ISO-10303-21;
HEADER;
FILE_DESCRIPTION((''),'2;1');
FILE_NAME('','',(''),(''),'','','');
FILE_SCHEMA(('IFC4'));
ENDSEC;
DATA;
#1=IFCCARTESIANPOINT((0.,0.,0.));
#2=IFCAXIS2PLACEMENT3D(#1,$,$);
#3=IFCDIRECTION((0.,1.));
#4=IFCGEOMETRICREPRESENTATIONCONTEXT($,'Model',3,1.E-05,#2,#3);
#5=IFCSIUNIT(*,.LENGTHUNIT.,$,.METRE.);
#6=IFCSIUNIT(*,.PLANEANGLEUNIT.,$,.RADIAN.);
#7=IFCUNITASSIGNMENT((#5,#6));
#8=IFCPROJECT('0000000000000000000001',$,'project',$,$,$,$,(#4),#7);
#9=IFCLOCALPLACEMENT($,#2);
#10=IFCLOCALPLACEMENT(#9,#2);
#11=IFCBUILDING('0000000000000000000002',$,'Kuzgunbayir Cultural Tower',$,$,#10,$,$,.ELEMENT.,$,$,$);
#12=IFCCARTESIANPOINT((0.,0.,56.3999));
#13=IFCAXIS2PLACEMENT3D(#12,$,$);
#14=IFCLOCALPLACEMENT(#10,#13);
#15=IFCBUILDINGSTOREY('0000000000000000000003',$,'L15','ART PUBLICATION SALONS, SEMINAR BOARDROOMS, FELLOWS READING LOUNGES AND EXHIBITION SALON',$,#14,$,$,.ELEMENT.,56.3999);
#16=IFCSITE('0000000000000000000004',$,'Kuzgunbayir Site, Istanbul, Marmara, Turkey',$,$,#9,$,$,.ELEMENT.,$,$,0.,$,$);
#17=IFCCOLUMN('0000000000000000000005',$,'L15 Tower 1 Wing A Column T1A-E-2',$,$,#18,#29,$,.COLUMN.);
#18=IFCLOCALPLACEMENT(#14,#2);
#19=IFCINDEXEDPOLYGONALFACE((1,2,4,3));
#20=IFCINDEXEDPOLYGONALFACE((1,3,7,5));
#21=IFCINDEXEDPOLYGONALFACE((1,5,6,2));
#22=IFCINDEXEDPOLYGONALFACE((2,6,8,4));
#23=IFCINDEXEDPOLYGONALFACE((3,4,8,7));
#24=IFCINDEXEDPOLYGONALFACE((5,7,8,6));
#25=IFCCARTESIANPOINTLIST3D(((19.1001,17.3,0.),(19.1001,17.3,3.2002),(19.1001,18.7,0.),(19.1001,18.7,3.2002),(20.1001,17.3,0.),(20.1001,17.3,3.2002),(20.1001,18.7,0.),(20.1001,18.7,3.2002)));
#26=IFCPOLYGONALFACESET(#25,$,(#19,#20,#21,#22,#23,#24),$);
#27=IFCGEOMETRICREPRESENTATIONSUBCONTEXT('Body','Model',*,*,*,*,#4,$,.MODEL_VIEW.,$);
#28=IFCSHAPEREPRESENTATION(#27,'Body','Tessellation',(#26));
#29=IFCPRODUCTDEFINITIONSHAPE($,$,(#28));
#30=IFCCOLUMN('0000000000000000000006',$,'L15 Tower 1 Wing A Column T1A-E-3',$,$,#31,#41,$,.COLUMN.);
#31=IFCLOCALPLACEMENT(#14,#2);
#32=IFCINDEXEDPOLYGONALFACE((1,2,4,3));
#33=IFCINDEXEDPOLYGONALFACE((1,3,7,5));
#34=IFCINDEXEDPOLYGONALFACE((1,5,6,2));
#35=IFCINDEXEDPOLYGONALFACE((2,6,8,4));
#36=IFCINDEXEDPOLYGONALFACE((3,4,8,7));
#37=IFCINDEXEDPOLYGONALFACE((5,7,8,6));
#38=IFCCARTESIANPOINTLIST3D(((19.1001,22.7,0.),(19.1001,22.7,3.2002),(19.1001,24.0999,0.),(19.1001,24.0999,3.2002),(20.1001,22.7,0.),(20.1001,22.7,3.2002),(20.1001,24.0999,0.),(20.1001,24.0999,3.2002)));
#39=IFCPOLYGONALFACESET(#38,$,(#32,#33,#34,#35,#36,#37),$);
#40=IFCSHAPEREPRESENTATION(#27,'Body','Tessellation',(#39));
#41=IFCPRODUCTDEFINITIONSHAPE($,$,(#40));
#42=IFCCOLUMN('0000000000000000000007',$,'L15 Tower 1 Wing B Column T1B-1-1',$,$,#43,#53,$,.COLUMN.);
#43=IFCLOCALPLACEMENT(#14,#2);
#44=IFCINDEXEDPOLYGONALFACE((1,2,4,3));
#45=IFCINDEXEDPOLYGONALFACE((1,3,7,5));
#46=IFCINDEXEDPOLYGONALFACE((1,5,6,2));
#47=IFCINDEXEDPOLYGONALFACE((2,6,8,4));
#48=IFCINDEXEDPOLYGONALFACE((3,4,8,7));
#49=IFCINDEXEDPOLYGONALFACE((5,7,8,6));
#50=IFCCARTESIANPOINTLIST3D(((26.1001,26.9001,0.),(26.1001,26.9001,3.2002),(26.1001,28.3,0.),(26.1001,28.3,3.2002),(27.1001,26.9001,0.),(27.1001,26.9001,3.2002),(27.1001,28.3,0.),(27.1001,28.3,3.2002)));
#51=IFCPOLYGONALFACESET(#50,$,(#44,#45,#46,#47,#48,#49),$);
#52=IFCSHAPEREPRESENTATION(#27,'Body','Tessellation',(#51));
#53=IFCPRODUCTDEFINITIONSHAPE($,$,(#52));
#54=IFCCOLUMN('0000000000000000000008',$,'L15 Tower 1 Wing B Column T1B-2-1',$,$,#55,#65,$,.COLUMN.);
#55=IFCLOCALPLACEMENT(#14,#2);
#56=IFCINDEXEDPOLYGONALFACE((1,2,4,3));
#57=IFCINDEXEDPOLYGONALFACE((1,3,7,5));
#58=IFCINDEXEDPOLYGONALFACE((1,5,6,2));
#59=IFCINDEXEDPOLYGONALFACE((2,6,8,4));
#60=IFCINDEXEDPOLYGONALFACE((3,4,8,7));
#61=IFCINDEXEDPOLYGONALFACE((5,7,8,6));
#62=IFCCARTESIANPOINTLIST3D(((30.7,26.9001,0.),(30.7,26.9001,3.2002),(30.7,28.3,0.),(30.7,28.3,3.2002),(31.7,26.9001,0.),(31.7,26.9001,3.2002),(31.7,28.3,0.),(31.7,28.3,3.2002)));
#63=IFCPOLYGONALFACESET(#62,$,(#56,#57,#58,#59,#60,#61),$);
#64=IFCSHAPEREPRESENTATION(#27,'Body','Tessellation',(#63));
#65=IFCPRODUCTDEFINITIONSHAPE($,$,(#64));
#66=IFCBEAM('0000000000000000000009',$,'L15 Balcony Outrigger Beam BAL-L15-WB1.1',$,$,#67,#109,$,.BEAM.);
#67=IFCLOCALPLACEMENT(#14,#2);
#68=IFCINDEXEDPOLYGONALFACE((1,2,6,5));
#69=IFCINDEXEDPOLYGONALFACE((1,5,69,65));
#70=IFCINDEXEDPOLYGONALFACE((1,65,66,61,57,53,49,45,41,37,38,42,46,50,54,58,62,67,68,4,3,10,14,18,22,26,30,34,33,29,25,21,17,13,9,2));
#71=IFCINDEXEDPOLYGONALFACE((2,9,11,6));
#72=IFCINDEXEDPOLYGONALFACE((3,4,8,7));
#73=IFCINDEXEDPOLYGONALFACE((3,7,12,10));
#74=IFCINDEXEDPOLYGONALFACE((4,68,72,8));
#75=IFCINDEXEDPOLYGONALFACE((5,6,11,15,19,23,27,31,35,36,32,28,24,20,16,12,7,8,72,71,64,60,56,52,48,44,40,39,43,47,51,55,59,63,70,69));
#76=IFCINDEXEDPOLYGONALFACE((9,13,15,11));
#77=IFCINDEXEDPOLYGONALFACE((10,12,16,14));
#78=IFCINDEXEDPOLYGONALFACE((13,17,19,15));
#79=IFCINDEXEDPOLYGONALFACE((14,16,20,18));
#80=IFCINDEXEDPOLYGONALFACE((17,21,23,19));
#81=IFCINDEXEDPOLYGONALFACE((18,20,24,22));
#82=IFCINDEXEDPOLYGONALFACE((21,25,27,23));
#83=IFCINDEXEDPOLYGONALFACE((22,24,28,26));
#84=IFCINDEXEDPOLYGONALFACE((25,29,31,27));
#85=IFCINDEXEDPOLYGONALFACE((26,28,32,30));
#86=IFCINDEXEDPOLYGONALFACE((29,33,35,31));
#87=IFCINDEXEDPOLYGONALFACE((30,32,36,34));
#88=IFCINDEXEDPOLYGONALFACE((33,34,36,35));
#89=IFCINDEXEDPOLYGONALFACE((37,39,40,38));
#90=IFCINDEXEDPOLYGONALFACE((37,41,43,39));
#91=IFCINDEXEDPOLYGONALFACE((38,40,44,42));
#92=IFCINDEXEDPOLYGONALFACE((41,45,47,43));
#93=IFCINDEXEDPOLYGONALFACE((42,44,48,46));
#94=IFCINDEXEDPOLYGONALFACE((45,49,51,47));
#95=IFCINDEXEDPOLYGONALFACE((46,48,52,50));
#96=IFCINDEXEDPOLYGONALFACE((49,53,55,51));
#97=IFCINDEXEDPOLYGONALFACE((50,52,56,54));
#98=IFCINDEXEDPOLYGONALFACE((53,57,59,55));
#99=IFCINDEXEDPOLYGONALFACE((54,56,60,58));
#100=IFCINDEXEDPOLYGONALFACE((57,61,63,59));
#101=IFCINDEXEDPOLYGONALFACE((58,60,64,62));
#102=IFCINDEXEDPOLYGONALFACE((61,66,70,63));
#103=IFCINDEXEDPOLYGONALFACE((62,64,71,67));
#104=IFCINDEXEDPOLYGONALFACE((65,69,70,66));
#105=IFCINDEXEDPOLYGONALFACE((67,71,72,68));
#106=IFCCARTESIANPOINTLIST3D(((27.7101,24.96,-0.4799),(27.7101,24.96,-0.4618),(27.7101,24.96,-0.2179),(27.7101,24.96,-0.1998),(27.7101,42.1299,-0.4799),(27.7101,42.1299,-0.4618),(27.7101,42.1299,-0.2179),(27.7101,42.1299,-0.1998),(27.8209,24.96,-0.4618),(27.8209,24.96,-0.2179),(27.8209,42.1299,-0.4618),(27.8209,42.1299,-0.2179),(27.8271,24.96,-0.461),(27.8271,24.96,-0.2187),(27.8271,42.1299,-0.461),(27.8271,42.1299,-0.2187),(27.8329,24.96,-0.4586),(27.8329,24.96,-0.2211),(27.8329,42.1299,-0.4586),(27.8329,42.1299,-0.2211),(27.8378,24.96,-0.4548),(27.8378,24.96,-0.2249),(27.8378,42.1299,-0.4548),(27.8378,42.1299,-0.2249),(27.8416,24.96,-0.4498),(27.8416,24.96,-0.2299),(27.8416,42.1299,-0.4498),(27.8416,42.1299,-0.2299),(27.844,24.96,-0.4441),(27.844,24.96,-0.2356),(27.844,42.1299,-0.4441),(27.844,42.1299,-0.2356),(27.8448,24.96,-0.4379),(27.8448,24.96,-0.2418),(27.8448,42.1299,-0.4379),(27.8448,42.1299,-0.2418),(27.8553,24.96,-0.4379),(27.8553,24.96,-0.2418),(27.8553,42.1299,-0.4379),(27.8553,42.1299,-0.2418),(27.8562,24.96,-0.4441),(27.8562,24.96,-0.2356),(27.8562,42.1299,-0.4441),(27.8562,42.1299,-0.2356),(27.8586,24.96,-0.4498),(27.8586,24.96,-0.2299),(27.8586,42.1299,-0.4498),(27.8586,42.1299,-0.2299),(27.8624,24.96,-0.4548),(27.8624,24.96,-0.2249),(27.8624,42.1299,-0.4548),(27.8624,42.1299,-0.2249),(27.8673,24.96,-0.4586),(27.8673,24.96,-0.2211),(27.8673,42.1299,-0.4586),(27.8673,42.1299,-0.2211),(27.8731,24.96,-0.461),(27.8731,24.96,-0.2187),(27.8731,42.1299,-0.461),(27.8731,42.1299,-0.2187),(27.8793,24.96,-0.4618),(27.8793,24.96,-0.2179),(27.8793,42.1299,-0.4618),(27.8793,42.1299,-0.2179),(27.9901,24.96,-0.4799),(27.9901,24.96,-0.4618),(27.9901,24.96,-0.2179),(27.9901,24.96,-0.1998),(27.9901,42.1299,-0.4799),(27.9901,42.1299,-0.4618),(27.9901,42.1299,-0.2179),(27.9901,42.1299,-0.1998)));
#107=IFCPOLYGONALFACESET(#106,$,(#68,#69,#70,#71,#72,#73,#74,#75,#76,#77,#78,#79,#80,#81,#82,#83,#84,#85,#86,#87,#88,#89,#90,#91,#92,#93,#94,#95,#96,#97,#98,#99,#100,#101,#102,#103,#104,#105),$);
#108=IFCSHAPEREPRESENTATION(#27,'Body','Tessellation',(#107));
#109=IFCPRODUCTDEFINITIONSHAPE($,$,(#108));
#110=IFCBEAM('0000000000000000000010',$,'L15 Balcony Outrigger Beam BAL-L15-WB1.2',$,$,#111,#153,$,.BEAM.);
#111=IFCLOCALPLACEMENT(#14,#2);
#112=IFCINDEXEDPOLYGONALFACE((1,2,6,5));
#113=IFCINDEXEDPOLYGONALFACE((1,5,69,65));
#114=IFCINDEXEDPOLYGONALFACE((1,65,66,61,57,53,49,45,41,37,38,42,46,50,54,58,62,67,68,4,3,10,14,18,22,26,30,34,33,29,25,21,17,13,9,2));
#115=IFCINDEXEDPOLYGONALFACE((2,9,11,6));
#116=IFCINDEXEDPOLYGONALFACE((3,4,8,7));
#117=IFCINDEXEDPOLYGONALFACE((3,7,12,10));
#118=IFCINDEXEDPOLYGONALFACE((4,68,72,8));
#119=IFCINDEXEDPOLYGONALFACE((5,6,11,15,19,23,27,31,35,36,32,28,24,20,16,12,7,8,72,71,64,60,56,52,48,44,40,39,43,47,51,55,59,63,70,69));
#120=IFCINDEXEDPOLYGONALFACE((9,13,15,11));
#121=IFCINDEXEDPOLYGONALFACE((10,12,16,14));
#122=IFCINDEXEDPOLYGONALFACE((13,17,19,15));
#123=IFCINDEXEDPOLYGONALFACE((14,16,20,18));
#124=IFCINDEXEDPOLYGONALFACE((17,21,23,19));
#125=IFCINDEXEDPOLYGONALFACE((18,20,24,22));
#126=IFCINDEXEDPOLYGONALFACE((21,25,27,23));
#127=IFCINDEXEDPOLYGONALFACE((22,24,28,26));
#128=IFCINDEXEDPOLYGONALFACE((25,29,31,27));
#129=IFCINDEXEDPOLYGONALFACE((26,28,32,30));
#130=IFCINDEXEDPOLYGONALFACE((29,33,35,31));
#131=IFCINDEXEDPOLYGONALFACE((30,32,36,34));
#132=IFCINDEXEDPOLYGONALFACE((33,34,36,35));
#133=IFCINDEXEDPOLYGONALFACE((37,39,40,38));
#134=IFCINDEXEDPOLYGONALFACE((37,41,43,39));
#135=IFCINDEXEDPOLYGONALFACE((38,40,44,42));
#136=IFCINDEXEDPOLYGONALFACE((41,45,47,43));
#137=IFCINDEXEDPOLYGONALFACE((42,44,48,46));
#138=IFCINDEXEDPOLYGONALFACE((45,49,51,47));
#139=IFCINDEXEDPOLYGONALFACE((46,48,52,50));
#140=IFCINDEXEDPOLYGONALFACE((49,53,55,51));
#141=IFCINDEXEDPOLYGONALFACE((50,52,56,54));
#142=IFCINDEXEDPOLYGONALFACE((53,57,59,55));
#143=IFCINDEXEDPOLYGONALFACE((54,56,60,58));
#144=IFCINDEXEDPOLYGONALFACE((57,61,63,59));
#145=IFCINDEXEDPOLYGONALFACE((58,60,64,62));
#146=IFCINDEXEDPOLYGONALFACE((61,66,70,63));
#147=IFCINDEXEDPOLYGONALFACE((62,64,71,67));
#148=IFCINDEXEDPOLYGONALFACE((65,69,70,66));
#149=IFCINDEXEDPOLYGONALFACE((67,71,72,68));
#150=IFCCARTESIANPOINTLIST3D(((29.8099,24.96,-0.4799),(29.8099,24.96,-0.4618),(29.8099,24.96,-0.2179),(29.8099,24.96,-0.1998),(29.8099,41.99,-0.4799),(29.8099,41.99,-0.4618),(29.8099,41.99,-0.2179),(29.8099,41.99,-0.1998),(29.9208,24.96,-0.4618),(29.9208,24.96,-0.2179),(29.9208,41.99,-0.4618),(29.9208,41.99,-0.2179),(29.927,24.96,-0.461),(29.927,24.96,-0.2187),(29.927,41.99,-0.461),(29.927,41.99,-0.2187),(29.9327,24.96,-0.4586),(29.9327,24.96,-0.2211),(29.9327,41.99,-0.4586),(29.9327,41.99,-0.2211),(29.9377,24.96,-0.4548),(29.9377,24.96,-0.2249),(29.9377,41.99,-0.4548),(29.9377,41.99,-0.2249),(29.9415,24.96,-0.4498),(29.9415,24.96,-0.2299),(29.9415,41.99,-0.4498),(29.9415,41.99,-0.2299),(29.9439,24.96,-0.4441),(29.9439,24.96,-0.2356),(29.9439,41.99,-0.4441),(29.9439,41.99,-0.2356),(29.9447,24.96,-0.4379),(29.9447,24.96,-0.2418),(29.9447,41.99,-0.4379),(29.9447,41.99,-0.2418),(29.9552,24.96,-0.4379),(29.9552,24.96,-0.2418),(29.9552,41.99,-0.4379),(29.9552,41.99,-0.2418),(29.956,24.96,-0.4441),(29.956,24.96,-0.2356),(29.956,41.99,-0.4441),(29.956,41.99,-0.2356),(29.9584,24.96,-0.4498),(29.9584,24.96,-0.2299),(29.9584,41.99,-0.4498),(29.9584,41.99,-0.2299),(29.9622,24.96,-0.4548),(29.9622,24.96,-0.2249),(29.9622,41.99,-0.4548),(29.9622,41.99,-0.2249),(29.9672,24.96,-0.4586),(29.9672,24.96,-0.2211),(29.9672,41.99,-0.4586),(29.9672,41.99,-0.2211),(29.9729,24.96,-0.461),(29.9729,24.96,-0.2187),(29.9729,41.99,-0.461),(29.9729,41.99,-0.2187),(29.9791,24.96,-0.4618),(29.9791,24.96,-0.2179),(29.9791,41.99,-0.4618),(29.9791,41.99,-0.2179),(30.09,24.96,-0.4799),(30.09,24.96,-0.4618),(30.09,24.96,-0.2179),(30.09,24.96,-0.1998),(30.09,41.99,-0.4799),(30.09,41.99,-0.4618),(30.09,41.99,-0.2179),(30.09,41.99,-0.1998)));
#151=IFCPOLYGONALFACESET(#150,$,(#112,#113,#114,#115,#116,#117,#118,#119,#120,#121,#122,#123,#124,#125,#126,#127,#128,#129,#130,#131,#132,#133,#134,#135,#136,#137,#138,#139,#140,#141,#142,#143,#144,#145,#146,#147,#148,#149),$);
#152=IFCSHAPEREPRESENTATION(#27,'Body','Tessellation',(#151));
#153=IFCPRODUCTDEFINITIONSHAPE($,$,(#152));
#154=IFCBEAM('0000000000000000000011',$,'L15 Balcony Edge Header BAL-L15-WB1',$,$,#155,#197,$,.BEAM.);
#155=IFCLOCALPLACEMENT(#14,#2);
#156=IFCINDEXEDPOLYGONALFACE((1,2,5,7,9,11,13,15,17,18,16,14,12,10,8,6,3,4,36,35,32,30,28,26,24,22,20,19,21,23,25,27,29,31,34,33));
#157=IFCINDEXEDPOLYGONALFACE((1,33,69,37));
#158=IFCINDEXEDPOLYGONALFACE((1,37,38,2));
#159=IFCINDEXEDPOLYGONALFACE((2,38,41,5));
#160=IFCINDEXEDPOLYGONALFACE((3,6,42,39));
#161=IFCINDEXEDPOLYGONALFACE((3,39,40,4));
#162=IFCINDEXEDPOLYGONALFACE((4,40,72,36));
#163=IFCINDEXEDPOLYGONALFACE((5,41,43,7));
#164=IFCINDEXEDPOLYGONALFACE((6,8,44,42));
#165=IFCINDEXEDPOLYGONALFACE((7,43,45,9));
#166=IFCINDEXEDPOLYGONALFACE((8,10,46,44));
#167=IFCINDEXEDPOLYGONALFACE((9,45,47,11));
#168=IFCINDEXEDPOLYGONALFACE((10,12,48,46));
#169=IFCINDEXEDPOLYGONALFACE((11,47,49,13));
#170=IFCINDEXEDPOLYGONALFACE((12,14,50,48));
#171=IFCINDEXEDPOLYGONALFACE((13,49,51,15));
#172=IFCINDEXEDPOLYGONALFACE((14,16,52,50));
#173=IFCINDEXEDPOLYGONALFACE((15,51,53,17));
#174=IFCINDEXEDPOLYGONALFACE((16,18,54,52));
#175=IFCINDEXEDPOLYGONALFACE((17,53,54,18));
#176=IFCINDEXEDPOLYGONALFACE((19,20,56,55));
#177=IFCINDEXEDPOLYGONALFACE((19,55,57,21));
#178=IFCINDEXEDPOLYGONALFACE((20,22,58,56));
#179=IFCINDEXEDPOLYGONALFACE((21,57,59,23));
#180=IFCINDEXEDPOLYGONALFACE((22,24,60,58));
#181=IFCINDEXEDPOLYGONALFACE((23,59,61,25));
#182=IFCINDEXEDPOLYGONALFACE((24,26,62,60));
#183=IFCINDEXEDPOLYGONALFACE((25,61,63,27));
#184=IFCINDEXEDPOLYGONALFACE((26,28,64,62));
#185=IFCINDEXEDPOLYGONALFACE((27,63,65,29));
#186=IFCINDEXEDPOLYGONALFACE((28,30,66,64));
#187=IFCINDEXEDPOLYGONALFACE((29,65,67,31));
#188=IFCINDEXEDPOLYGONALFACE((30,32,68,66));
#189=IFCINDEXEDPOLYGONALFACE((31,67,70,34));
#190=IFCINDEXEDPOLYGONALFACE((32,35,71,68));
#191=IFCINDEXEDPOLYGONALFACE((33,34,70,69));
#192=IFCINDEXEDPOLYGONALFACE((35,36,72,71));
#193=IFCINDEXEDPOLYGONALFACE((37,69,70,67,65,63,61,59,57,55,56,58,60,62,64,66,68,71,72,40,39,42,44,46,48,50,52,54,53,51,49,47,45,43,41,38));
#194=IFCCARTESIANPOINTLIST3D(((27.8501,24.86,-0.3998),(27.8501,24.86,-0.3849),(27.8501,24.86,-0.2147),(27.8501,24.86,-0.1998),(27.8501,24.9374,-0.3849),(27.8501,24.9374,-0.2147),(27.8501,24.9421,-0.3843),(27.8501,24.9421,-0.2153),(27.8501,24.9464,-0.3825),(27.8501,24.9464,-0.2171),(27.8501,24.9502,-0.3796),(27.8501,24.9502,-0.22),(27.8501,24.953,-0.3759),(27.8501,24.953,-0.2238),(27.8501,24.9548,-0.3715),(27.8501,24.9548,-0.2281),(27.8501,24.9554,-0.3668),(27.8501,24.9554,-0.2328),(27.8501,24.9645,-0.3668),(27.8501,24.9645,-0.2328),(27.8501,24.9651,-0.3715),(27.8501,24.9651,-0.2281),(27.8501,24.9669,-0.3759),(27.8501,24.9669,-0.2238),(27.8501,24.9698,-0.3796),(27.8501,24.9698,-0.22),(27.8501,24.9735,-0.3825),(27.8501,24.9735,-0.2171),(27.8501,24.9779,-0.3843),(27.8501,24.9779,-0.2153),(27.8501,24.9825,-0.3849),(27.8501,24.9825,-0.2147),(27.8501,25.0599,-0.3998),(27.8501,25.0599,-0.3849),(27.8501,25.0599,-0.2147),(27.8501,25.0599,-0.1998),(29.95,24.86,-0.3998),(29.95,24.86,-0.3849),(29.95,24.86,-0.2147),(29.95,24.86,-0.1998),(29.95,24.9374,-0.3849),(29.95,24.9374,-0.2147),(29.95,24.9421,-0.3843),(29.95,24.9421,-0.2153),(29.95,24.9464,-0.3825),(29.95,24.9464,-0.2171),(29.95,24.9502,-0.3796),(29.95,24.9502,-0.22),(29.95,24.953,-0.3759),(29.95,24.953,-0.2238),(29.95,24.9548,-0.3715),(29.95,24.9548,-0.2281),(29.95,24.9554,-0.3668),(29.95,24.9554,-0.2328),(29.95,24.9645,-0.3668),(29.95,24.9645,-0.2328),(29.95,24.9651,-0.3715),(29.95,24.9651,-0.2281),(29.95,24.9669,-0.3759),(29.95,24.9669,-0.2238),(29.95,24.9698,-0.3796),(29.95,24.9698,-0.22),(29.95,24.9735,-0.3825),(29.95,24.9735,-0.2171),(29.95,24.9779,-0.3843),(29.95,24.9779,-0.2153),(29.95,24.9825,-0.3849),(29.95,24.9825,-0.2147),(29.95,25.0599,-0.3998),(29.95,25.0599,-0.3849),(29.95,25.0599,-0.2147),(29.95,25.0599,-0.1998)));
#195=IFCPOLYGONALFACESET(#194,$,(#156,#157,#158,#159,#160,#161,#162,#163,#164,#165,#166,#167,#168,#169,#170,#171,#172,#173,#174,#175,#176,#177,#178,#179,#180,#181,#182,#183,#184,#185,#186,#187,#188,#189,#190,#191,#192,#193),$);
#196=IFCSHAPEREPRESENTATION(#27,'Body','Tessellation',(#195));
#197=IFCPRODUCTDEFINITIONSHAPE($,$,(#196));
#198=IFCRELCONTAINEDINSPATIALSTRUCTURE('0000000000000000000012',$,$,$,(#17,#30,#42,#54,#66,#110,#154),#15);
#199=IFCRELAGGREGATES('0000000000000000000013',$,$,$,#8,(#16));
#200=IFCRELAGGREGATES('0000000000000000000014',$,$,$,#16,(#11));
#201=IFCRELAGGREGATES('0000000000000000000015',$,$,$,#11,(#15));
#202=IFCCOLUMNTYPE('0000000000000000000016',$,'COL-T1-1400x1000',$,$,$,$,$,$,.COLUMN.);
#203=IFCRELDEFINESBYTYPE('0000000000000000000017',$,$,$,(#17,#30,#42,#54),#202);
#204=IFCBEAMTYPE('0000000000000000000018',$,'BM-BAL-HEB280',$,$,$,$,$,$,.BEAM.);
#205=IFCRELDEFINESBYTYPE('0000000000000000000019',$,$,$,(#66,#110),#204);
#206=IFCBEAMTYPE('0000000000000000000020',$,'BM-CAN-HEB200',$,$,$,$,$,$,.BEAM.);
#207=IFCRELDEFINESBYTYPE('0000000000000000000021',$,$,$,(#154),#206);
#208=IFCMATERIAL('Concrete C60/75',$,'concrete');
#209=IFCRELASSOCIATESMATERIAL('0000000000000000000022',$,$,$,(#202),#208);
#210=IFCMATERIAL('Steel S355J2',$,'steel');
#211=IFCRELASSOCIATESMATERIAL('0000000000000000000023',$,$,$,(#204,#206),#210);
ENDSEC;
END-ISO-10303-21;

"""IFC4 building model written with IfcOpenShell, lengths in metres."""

from ifc_helpers import new_model, si_unit, direction, frame, origin, origin_2d, place, context, subcontext, project, spatial, rectangle, i_section, extrude, material, material_profile, profile_set, type_object, element, save


model = new_model("IFC4")

# Units and contexts
model_context = context("Model", 3, precision=1e-05, world=origin(), true_north=direction((0.0, 1.0)))
body_context = subcontext(model_context, "Body", "Model", "MODEL_VIEW")
ifc_project = project(units=[si_unit("LENGTHUNIT", "METRE"), si_unit("PLANEANGLEUNIT", "RADIAN")], contexts=[model_context])

# Site, building, storey
site_placement = place(None, origin())
site = spatial("IfcSite", under=ifc_project, at=site_placement, Name="Kuzgunbayir Site, Istanbul, Marmara, Turkey", CompositionType="ELEMENT", RefElevation=0.0)
building_placement = place(site_placement, origin())
building = spatial("IfcBuilding", under=site, at=building_placement, Name="Kuzgunbayir Cultural Tower", CompositionType="ELEMENT")
storey_placement = place(building_placement, frame((0.0, 0.0, 56.3999)))
storey = spatial("IfcBuildingStorey", under=building, at=storey_placement, Name="L15", Description="ART PUBLICATION SALONS, SEMINAR BOARDROOMS, FELLOWS READING LOUNGES AND EXHIBITION SALON", CompositionType="ELEMENT", Elevation=56.3999)

# Columns
ifc_material_1 = material(Name="Concrete C60/75", Category="concrete")
ifc_material_profile_1 = material_profile(ifc_material_1, rectangle(XDim=1.0, YDim=1.3999, at=origin_2d()), Name="RC 1400x1000")
ifc_profile_set_1 = profile_set([ifc_material_profile_1], Name="Concrete C60/75")
column_type = type_object("IfcColumnType", Name="COL-T1-1400x1000", PredefinedType="COLUMN", material=ifc_profile_set_1)
for number, where, z_axis, x_axis, name in (
    (1, (19.6001, 18.0, 0.0), (0.0, 0.0, 1.0), (1.0, 0.0, 0.0), "L15 Tower 1 Wing A Column T1A-E-2"),
    (2, (19.6001, 23.3999, 0.0), (0.0, 0.0, 1.0), (1.0, 0.0, 0.0), "L15 Tower 1 Wing A Column T1A-E-3"),
    (3, (26.6001, 27.6001, 0.0), (0.0, 0.0, 1.0), (1.0, 0.0, 0.0), "L15 Tower 1 Wing B Column T1B-1-1"),
    (4, (31.2, 27.6001, 0.0), (0.0, 0.0, 1.0), (1.0, 0.0, 0.0), "L15 Tower 1 Wing B Column T1B-2-1"),
):
    element("IfcColumn", number, at=place(storey_placement, frame(where, z_axis=z_axis, x_axis=x_axis)), inside=storey, type_object=column_type, Name=name, PredefinedType="COLUMN", context=body_context, shape_type="SweptSolid", body=[
        extrude(rectangle(XDim=1.0, YDim=1.3999, at=origin_2d()), origin(), (0.0, 0.0, 1.0), 3.2002),
    ])

# Beams
ifc_material_2 = material(Name="Steel S355J2", Category="steel")
ifc_material_profile_2 = material_profile(ifc_material_2, i_section(OverallWidth=0.28, OverallDepth=0.28, WebThickness=0.0105, FlangeThickness=0.0181, FilletRadius=0.0239, at=origin_2d()), Name="HEB 280")
ifc_profile_set_2 = profile_set([ifc_material_profile_2], Name="Steel S355J2")
beam_type_1 = type_object("IfcBeamType", Name="BM-BAL-HEB280", PredefinedType="BEAM", material=ifc_profile_set_2)
beam_1_placement = place(storey_placement, frame((27.8501, 24.96, -0.3398), z_axis=(0.0, 1.0, 0.0), x_axis=(-1.0, 0.0, 0.0)))
element("IfcBeam", 5, at=beam_1_placement, inside=storey, type_object=beam_type_1, Name="L15 Balcony Outrigger Beam BAL-L15-WB1.1", PredefinedType="BEAM", context=body_context, shape_type="SweptSolid", body=[
    extrude(i_section(OverallWidth=0.28, OverallDepth=0.28, WebThickness=0.0105, FlangeThickness=0.0181, FilletRadius=0.0239, at=origin_2d()), origin(), (0.0, 0.0, 1.0), 17.1699),
])
beam_2_placement = place(storey_placement, frame((29.95, 24.96, -0.3398), z_axis=(0.0, 1.0, 0.0), x_axis=(-1.0, 0.0, 0.0)))
element("IfcBeam", 6, at=beam_2_placement, inside=storey, type_object=beam_type_1, Name="L15 Balcony Outrigger Beam BAL-L15-WB1.2", PredefinedType="BEAM", context=body_context, shape_type="SweptSolid", body=[
    extrude(i_section(OverallWidth=0.28, OverallDepth=0.28, WebThickness=0.0105, FlangeThickness=0.0181, FilletRadius=0.0239, at=origin_2d()), origin(), (0.0, 0.0, 1.0), 17.03),
])
ifc_material_profile_3 = material_profile(ifc_material_2, i_section(OverallWidth=0.2, OverallDepth=0.2, WebThickness=0.009, FlangeThickness=0.0149, FilletRadius=0.0181, at=origin_2d()), Name="HEB 200")
ifc_profile_set_3 = profile_set([ifc_material_profile_3], Name="Steel S355J2")
beam_type_2 = type_object("IfcBeamType", Name="BM-CAN-HEB200", PredefinedType="BEAM", material=ifc_profile_set_3)
beam_3_placement = place(storey_placement, frame((27.8501, 24.96, -0.2998), z_axis=(1.0, 0.0, 0.0), x_axis=(0.0, 1.0, 0.0)))
element("IfcBeam", 7, at=beam_3_placement, inside=storey, type_object=beam_type_2, Name="L15 Balcony Edge Header BAL-L15-WB1", PredefinedType="BEAM", context=body_context, shape_type="SweptSolid", body=[
    extrude(i_section(OverallWidth=0.2, OverallDepth=0.2, WebThickness=0.009, FlangeThickness=0.0149, FilletRadius=0.0181, at=origin_2d()), origin(), (0.0, 0.0, 1.0), 2.0999),
])

save(model, "model.ifc")
